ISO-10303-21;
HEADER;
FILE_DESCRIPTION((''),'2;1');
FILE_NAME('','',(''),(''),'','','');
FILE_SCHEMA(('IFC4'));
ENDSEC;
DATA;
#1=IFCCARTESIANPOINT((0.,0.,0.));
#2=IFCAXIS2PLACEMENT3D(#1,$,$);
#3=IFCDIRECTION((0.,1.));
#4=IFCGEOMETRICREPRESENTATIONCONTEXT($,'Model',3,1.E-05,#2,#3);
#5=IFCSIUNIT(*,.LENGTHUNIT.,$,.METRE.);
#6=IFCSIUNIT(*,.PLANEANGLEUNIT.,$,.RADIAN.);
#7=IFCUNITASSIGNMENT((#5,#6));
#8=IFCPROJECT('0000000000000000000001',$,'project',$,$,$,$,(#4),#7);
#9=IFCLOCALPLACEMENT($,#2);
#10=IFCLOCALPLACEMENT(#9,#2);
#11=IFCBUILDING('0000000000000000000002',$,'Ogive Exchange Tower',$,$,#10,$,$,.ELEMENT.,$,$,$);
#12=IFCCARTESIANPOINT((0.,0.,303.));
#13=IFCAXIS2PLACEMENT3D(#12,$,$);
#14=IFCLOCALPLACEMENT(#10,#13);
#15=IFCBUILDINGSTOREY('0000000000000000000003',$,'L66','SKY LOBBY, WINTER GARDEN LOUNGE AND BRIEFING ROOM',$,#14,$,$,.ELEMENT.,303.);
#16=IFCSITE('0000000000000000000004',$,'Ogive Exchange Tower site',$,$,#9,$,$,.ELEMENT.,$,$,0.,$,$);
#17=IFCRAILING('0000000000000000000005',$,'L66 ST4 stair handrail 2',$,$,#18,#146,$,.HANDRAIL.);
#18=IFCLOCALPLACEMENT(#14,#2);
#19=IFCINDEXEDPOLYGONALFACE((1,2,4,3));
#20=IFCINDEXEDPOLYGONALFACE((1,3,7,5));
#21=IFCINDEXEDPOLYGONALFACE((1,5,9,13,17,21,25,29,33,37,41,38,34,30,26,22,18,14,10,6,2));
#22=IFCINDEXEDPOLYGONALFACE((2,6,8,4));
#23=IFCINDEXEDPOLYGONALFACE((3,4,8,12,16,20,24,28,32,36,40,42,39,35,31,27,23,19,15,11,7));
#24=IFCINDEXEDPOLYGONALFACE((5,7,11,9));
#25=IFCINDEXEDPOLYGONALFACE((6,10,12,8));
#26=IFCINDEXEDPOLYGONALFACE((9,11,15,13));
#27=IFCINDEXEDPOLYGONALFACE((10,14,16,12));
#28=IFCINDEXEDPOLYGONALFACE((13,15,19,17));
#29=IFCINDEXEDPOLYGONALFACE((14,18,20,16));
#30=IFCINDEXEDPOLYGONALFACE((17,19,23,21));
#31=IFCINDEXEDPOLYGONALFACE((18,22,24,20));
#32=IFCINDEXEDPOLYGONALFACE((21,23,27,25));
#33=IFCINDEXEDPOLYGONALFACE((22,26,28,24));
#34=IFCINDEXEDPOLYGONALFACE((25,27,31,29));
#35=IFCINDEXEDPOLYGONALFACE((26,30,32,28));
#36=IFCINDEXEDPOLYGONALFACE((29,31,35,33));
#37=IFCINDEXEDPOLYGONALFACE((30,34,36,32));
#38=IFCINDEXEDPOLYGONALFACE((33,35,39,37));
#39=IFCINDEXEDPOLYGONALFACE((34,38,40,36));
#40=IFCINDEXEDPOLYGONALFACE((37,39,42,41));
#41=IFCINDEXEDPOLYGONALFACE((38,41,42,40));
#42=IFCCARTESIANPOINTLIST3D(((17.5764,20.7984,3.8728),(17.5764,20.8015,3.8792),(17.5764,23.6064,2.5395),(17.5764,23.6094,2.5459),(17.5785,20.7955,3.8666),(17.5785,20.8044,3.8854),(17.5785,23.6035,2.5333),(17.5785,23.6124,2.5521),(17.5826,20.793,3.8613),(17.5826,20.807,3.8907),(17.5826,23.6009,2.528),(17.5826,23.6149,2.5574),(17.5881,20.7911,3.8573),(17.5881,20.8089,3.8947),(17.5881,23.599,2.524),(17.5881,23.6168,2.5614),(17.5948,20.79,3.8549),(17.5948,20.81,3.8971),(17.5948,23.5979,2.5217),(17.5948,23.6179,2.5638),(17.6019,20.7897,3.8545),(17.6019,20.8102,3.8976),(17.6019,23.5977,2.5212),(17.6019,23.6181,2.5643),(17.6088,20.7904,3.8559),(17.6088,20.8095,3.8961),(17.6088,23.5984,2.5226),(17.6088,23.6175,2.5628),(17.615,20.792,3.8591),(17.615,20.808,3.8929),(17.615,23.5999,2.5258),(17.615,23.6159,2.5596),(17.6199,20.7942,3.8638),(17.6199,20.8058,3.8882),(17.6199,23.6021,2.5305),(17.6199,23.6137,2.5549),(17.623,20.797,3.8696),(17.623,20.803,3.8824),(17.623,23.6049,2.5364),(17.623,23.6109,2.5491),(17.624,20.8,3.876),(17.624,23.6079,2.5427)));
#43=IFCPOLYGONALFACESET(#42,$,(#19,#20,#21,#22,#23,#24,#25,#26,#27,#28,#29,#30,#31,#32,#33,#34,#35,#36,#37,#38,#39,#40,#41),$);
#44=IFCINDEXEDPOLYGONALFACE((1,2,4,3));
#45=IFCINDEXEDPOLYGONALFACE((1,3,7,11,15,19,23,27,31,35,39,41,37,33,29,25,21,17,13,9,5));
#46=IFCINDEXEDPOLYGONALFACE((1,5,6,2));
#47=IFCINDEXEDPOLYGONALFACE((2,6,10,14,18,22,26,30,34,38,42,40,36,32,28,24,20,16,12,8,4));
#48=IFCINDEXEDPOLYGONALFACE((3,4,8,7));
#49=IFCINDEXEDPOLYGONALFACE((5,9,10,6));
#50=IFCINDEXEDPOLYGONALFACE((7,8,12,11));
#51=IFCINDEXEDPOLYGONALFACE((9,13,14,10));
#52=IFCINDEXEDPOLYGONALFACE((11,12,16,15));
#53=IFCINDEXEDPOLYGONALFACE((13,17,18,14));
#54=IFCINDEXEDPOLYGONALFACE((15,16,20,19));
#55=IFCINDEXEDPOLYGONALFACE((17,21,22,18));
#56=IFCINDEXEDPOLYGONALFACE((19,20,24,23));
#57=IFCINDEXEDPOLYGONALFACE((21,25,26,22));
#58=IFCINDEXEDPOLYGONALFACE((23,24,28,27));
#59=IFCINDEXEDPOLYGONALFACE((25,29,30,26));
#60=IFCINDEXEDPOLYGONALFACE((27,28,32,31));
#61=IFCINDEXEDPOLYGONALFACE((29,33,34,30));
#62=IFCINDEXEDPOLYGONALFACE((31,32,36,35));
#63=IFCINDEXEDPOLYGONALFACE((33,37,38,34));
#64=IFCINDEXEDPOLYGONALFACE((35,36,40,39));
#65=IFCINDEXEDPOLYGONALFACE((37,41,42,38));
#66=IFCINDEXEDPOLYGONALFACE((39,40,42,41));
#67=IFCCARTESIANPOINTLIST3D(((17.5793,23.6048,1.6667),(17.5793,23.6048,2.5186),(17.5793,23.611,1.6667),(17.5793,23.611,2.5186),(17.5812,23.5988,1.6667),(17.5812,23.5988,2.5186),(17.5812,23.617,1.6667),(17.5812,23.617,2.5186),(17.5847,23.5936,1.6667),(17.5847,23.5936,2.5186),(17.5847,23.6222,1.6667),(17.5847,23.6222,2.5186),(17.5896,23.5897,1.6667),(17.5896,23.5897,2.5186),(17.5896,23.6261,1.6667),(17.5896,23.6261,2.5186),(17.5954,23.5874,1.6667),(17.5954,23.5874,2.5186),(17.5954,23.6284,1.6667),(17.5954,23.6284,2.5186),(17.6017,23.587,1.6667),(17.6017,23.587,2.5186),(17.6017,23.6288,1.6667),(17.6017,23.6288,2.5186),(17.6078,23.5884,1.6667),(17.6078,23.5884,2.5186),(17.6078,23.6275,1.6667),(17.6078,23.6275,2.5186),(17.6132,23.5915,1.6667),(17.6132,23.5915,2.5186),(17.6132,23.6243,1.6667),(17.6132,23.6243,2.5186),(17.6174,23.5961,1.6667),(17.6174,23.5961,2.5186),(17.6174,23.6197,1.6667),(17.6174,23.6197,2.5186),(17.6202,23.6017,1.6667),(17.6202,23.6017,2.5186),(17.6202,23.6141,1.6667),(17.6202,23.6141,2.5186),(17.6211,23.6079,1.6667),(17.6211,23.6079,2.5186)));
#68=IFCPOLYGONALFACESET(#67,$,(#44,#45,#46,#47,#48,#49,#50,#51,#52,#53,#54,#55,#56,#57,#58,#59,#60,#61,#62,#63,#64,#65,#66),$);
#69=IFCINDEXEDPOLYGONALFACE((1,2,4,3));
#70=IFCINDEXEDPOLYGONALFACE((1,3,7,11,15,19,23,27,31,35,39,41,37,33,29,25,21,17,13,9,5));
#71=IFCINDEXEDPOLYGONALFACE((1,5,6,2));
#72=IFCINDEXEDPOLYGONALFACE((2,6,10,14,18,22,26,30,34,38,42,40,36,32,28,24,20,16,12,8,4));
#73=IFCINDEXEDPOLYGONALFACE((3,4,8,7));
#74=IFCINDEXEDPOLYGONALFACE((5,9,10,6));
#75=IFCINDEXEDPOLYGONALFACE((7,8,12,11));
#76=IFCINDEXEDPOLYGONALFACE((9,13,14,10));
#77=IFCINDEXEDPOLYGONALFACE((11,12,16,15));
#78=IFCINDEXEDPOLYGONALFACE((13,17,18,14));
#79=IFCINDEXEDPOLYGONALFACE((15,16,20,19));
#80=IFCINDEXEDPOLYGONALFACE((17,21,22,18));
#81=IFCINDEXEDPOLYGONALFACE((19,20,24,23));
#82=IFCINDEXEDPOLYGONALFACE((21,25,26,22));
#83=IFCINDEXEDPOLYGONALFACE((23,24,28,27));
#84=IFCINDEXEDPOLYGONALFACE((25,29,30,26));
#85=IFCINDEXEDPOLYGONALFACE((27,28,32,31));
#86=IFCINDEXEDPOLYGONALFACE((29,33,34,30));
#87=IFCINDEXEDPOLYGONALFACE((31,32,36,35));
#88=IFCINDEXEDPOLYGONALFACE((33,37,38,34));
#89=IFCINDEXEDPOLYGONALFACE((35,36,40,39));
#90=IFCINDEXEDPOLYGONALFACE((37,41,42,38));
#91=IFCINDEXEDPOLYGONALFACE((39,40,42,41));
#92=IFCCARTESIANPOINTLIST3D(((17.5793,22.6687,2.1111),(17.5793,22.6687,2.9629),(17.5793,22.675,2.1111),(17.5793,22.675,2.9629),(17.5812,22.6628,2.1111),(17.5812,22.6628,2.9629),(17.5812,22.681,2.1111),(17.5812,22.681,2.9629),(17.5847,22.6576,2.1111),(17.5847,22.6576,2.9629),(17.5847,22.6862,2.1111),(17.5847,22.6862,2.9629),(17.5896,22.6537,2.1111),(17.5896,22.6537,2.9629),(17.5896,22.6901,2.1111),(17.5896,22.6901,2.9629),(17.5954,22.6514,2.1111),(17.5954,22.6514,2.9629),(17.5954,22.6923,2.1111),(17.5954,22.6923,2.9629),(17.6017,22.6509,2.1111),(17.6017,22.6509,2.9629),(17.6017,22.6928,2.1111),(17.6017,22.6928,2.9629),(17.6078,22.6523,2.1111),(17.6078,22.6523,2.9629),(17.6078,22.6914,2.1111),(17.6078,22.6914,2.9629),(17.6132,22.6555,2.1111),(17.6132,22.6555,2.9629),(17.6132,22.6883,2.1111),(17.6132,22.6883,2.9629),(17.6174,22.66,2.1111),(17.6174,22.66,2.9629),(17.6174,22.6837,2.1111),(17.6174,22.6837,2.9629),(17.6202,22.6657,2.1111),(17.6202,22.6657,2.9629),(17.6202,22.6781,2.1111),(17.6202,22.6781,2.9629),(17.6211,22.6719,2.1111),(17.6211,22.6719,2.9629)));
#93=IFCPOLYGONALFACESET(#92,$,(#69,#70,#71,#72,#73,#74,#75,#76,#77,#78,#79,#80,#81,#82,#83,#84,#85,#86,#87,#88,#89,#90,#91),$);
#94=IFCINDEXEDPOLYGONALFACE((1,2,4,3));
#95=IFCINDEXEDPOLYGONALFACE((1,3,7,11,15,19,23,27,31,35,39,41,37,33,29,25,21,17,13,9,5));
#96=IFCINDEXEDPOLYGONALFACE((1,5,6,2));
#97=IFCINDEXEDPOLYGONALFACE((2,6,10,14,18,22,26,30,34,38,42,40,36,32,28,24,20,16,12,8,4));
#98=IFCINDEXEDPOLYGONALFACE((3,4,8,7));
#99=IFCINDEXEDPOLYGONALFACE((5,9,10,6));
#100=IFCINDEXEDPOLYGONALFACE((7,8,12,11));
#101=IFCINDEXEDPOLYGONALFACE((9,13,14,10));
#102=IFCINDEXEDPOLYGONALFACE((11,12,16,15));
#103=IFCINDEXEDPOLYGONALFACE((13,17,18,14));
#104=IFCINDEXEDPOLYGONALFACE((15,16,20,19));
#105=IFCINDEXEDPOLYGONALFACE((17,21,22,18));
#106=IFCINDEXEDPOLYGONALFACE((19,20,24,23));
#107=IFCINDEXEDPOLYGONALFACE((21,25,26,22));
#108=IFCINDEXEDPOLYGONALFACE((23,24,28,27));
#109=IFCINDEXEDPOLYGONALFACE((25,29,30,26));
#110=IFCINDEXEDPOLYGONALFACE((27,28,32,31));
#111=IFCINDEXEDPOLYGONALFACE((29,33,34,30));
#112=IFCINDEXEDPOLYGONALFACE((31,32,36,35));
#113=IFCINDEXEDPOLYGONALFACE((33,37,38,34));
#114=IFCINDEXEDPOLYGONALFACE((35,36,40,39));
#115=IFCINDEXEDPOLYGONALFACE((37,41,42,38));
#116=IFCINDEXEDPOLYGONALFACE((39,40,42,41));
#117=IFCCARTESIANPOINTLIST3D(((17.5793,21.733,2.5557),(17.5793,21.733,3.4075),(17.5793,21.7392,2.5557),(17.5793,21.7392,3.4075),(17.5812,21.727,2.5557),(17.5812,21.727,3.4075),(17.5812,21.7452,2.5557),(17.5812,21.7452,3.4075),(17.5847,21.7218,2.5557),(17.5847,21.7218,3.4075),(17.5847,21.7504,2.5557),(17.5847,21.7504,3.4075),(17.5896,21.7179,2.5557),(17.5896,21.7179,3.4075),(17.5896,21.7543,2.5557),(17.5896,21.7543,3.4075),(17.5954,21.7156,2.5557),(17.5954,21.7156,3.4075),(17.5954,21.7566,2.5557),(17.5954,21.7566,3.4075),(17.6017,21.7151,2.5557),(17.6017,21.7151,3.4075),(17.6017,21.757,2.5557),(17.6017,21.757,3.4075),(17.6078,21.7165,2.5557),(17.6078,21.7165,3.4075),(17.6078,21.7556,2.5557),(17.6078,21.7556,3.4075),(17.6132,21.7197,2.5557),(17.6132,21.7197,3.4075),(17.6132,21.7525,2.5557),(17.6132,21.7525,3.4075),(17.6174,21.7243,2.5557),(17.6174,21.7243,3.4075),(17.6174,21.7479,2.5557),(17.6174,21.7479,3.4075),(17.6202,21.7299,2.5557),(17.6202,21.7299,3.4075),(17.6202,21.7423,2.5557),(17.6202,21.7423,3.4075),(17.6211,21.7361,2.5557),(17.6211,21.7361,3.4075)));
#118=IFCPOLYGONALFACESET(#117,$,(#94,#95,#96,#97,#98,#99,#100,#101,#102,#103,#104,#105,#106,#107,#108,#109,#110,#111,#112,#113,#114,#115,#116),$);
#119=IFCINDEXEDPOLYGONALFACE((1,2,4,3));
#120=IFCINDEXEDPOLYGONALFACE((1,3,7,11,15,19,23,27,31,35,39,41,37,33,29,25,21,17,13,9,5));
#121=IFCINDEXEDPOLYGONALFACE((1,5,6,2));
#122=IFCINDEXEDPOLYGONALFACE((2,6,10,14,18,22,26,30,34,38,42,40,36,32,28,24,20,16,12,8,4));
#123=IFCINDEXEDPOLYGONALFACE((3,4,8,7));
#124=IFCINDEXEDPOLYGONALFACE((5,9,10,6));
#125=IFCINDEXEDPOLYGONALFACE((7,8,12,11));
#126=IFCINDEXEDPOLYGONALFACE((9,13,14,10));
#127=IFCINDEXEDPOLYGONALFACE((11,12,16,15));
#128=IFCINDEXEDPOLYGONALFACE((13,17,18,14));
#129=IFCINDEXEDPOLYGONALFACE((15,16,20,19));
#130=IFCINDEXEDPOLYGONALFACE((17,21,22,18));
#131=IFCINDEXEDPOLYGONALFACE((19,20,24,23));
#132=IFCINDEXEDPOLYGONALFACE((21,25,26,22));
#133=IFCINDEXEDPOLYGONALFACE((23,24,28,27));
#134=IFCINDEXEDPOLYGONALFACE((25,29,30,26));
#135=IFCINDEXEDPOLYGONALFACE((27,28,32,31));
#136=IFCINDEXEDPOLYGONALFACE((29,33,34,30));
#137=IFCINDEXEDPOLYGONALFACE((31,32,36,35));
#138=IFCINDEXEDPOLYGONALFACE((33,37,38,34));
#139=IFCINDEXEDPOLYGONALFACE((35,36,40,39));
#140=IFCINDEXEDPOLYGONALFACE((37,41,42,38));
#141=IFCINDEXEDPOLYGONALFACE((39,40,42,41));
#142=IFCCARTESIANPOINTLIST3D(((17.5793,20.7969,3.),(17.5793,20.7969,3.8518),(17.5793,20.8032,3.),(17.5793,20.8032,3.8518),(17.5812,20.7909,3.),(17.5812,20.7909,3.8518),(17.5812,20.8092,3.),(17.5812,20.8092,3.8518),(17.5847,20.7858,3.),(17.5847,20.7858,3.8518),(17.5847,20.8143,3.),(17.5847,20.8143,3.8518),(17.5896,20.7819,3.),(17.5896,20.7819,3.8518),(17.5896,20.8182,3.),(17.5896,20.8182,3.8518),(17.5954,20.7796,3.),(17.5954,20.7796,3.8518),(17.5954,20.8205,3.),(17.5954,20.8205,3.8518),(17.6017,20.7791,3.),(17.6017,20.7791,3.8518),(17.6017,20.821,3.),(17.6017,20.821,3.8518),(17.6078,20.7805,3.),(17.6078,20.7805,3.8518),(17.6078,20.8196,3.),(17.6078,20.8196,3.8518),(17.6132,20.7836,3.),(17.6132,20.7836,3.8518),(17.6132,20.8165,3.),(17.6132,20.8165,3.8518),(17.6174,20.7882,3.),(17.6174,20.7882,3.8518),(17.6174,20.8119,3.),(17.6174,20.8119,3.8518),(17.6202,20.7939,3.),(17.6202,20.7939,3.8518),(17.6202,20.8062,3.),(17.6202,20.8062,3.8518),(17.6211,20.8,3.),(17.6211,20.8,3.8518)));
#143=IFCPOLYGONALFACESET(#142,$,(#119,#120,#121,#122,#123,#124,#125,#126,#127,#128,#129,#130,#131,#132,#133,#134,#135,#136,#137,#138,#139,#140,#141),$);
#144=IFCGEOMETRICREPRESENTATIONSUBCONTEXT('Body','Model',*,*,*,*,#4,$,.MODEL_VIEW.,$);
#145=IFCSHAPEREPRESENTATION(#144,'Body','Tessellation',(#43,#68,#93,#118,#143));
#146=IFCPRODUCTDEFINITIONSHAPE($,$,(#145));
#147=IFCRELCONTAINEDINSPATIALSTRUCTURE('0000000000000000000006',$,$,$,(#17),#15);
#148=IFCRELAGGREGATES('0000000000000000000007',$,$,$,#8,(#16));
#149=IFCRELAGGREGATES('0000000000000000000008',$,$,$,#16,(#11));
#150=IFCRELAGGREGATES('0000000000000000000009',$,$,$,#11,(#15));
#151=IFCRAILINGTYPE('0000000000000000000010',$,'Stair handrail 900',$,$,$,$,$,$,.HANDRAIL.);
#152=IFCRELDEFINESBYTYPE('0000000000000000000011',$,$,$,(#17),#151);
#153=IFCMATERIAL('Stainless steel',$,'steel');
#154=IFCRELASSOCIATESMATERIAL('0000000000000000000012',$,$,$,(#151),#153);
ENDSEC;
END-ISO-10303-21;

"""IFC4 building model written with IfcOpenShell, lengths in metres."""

from ifc_helpers import new_model, si_unit, direction, frame, origin, origin_2d, place, context, subcontext, project, spatial, circle, extrude, material, type_object, element, save


model = new_model("IFC4")

# Units and contexts
model_context = context("Model", 3, precision=1e-05, world=origin(), true_north=direction((0.0, 1.0)))
body_context = subcontext(model_context, "Body", "Model", "MODEL_VIEW")
ifc_project = project(units=[si_unit("LENGTHUNIT", "METRE"), si_unit("PLANEANGLEUNIT", "RADIAN")], contexts=[model_context])

# Site, building, storey
site_placement = place(None, origin())
site = spatial("IfcSite", under=ifc_project, at=site_placement, Name="Ogive Exchange Tower site", CompositionType="ELEMENT", RefElevation=0.0)
building_placement = place(site_placement, origin())
building = spatial("IfcBuilding", under=site, at=building_placement, Name="Ogive Exchange Tower", CompositionType="ELEMENT")
storey_placement = place(building_placement, frame((0.0, 0.0, 303.0)))
storey = spatial("IfcBuildingStorey", under=building, at=storey_placement, Name="L66", Description="SKY LOBBY, WINTER GARDEN LOUNGE AND BRIEFING ROOM", CompositionType="ELEMENT", Elevation=303.0)

# Railing
ifc_material_1 = material(Name="Stainless steel", Category="steel")
railing_type = type_object("IfcRailingType", Name="Stair handrail 900", PredefinedType="HANDRAIL", material=ifc_material_1)
railing_1_placement = place(storey_placement, frame((17.6001, 23.6079, 1.6667)))
element("IfcRailing", 1, at=railing_1_placement, inside=storey, type_object=railing_type, Name="L66 ST4 stair handrail 2", PredefinedType="HANDRAIL", context=body_context, shape_type="SweptSolid", body=[
    extrude(circle(Radius=0.0239, at=origin_2d()), frame((0.0, 0.0, 0.876), z_axis=(0.0, -0.903338, 0.42893), x_axis=(1.0, 0.0, 0.0)), (0.0, 0.0, 1.0), 3.1084),
    extrude(circle(Radius=0.021, at=origin_2d()), origin(), (0.0, 0.0, 1.0), 0.8518),
    extrude(circle(Radius=0.021, at=origin_2d()), frame((0.0, -0.936, 0.4443)), (0.0, 0.0, 1.0), 0.8518),
    extrude(circle(Radius=0.021, at=origin_2d()), frame((0.0, -1.8718, 0.8889)), (0.0, 0.0, 1.0), 0.8518),
    extrude(circle(Radius=0.021, at=origin_2d()), frame((0.0, -2.8079, 1.3333)), (0.0, 0.0, 1.0), 0.8518),
])

save(model, "model.ifc")
